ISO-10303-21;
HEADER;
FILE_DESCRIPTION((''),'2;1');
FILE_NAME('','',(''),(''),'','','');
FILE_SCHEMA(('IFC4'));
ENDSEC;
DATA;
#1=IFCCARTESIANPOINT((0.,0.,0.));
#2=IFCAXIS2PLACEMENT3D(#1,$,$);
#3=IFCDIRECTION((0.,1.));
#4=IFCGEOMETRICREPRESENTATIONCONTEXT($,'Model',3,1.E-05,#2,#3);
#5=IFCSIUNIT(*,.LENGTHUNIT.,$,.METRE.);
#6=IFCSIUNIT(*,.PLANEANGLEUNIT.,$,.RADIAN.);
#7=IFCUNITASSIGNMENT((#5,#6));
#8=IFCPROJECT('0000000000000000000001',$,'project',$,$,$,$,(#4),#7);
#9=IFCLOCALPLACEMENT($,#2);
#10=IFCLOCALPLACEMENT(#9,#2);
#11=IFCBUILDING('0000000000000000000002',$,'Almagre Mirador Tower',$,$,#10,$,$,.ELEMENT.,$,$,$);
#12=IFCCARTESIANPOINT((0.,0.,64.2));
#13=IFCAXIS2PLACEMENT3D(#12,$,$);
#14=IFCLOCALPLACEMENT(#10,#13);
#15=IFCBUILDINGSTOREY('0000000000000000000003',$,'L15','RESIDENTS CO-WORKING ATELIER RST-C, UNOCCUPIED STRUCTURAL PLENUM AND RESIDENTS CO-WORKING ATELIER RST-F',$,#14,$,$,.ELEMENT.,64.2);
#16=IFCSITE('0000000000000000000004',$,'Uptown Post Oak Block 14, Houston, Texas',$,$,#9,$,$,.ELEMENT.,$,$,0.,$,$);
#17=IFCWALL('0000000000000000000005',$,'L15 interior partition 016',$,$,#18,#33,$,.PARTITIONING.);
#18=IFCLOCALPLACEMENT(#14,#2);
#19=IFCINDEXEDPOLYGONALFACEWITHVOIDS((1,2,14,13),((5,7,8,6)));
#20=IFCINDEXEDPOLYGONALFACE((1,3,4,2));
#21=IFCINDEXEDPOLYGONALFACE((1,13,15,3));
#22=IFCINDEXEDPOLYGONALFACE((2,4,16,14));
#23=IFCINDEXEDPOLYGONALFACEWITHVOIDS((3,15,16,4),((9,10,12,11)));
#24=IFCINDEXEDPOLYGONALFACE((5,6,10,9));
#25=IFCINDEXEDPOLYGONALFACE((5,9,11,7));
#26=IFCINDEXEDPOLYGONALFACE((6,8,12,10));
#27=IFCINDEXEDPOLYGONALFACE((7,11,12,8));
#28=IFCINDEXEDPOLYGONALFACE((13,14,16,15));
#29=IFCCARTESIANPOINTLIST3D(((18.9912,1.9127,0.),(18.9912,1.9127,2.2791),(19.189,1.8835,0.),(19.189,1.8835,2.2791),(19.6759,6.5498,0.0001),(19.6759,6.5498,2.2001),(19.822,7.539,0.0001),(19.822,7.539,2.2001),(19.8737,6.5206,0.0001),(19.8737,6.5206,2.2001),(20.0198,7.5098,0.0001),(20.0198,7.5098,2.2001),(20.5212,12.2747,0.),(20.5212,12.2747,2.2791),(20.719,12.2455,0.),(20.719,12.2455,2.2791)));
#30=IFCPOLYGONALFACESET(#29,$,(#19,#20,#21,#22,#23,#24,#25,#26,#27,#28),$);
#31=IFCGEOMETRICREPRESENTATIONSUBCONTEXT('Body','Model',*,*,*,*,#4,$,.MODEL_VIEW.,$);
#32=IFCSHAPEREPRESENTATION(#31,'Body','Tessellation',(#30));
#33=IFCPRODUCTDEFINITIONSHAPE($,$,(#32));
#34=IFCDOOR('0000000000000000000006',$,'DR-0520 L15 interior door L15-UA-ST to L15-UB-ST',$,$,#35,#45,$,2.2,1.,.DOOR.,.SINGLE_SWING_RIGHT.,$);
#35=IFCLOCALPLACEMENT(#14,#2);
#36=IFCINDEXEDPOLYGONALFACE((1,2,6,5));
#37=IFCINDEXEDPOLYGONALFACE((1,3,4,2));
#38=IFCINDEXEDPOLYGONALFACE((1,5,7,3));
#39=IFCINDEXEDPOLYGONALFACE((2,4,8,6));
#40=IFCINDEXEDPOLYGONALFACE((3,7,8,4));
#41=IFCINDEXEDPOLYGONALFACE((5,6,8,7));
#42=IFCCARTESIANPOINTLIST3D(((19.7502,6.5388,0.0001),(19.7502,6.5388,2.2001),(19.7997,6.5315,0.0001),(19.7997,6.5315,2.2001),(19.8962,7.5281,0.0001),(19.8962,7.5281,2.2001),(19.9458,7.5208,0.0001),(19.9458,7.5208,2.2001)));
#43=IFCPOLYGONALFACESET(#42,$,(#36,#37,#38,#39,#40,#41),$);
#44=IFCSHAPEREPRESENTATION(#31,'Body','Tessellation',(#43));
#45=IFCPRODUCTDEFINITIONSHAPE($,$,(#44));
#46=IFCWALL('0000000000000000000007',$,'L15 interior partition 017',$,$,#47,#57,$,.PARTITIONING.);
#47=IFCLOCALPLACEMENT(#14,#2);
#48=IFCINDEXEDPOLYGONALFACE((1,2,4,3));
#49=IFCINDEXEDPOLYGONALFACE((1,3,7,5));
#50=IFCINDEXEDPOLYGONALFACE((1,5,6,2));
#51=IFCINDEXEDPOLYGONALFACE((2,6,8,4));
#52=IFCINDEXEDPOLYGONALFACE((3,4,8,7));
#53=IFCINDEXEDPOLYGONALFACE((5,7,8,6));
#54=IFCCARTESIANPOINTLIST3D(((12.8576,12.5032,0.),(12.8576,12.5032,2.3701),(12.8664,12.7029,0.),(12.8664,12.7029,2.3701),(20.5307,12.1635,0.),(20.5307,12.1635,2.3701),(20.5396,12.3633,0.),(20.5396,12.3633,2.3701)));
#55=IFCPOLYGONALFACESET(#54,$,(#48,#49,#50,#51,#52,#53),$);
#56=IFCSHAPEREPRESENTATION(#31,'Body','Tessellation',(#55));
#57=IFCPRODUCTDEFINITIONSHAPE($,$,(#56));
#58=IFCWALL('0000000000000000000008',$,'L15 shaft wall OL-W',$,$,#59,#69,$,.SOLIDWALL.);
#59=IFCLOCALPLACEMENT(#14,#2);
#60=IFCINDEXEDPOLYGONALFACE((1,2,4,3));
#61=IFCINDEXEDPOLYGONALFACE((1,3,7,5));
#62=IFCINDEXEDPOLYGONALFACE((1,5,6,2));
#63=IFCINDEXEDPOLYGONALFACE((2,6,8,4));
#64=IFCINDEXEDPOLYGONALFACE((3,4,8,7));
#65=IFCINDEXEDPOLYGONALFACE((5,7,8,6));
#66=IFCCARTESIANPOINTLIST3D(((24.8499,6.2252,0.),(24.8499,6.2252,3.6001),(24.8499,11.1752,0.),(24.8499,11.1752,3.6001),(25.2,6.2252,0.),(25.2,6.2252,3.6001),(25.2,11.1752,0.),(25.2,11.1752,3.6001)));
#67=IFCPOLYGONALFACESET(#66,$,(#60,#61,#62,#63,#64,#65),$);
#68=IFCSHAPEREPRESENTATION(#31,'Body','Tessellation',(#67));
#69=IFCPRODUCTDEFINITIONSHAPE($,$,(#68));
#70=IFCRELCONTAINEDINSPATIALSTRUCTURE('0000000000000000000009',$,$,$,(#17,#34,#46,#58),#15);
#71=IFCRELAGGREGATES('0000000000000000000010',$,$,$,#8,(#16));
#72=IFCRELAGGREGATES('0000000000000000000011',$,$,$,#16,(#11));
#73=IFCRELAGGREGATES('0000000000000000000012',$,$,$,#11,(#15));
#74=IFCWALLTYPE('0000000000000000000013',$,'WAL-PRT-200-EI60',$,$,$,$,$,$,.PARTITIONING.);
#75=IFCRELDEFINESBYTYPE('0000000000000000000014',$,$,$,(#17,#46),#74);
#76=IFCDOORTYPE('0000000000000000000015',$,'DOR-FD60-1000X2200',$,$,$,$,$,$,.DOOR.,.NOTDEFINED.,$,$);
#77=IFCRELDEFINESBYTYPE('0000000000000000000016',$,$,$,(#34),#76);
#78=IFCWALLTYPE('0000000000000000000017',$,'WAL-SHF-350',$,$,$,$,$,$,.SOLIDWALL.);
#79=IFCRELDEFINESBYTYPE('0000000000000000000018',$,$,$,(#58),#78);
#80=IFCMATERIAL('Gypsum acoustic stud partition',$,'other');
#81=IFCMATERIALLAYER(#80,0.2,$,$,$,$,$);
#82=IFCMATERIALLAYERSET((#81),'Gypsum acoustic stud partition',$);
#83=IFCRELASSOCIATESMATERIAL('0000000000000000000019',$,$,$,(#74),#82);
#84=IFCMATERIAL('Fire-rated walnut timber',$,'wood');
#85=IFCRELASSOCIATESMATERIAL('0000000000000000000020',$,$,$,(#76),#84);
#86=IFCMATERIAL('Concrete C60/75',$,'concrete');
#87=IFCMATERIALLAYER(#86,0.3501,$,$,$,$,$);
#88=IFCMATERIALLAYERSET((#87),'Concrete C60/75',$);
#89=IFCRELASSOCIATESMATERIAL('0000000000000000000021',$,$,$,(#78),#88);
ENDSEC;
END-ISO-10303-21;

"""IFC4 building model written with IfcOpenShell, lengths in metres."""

from ifc_helpers import new_model, si_unit, direction, frame, frame_2d, origin, place, context, subcontext, project, spatial, rectangle, extrude, material, layer, layer_set, type_object, element, fill, save


model = new_model("IFC4")

# Units and contexts
model_context = context("Model", 3, precision=1e-05, world=origin(), true_north=direction((0.0, 1.0)))
body_context = subcontext(model_context, "Body", "Model", "MODEL_VIEW")
ifc_project = project(units=[si_unit("LENGTHUNIT", "METRE"), si_unit("PLANEANGLEUNIT", "RADIAN")], contexts=[model_context])

# Site, building, storey
site_placement = place(None, origin())
site = spatial("IfcSite", under=ifc_project, at=site_placement, Name="Uptown Post Oak Block 14, Houston, Texas", CompositionType="ELEMENT", RefElevation=0.0)
building_placement = place(site_placement, origin())
building = spatial("IfcBuilding", under=site, at=building_placement, Name="Almagre Mirador Tower", CompositionType="ELEMENT")
storey_placement = place(building_placement, frame((0.0, 0.0, 64.2)))
storey = spatial("IfcBuildingStorey", under=building, at=storey_placement, Name="L15", Description="RESIDENTS CO-WORKING ATELIER RST-C, UNOCCUPIED STRUCTURAL PLENUM AND RESIDENTS CO-WORKING ATELIER RST-F", CompositionType="ELEMENT", Elevation=64.2)

# Wall, opening, door
ifc_material_1 = material(Name="Gypsum acoustic stud partition", Category="other")
ifc_layer_1 = layer(ifc_material_1, 0.2)
ifc_layer_set_1 = layer_set([ifc_layer_1], Name="Gypsum acoustic stud partition")
wall_type_1 = type_object("IfcWallType", Name="WAL-PRT-200-EI60", PredefinedType="PARTITIONING", material=ifc_layer_set_1)
ifc_material_2 = material(Name="Fire-rated walnut timber", Category="wood")
door_type_1 = type_object("IfcDoorType", Name="DOR-FD60-1000X2200", OperationType="NOTDEFINED", PredefinedType="DOOR", material=ifc_material_2)
wall_1_placement = place(storey_placement, frame((19.0901, 1.8979, 0.0), z_axis=(0.0, 0.0, 1.0), x_axis=(0.146073, 0.989274, 0.0)))
wall_1 = element("IfcWall", 1, at=wall_1_placement, inside=storey, type_object=wall_type_1, Name="L15 interior partition 016", PredefinedType="PARTITIONING", context=body_context, shape_type="SweptSolid", body=[
    extrude(rectangle(XDim=10.4744, YDim=0.2, at=frame_2d((5.2373, 0.0))), origin(), (0.0, 0.0, 1.0), 2.2791),
])
opening_1_placement = place(wall_1_placement, frame((4.6875, 0.0, 0.0)))
opening_1 = element("IfcOpeningElement", 2, at=opening_1_placement, cuts=wall_1, PredefinedType="OPENING", context=body_context, shape_type="SweptSolid", body=[
    extrude(rectangle(XDim=1.0, YDim=2.2, at=frame_2d((0.5, 1.1001))), frame((0.0, 0.1101, 0.0), z_axis=(0.0, -1.0, 0.0), x_axis=(1.0, 0.0, 0.0)), (0.0, 0.0, 1.0), 0.22),
])
door_1_placement = place(opening_1_placement, origin())
door_1 = element("IfcDoor", 3, at=door_1_placement, inside=storey, type_object=door_type_1, Name="DR-0520 L15 interior door L15-UA-ST to L15-UB-ST", OperationType="SINGLE_SWING_RIGHT", OverallHeight=2.2, OverallWidth=1.0, PredefinedType="DOOR", context=body_context, shape_type="SweptSolid", body=[
    extrude(rectangle(XDim=1.0, YDim=2.2, at=frame_2d((0.5, 1.1001))), frame((0.0, 0.0249, 0.0), z_axis=(0.0, -1.0, 0.0), x_axis=(1.0, 0.0, 0.0)), (0.0, 0.0, 1.0), 0.05),
])
fill(opening_1, door_1)

# Walls
wall_2_placement = place(storey_placement, frame((20.5352, 12.2634, 0.0), z_axis=(0.0, 0.0, 1.0), x_axis=(-0.999022, 0.044215, 0.0)))
element("IfcWall", 4, at=wall_2_placement, inside=storey, type_object=wall_type_1, Name="L15 interior partition 017", PredefinedType="PARTITIONING", context=body_context, shape_type="SweptSolid", body=[
    extrude(rectangle(XDim=7.6807, YDim=0.2, at=frame_2d((3.8403, 0.0))), origin(), (0.0, 0.0, 1.0), 2.3701),
])
ifc_material_3 = material(Name="Concrete C60/75", Category="concrete")
ifc_layer_2 = layer(ifc_material_3, 0.3501)
ifc_layer_set_2 = layer_set([ifc_layer_2], Name="Concrete C60/75")
wall_type_2 = type_object("IfcWallType", Name="WAL-SHF-350", PredefinedType="SOLIDWALL", material=ifc_layer_set_2)
wall_3_placement = place(storey_placement, frame((25.0249, 6.2251, 0.0), z_axis=(0.0, 0.0, 1.0), x_axis=(0.0, 1.0, 0.0)))
element("IfcWall", 5, at=wall_3_placement, inside=storey, type_object=wall_type_2, Name="L15 shaft wall OL-W", PredefinedType="SOLIDWALL", context=body_context, shape_type="SweptSolid", body=[
    extrude(rectangle(XDim=4.95, YDim=0.3501, at=frame_2d((2.4751, 0.0))), origin(), (0.0, 0.0, 1.0), 3.6001),
])

save(model, "model.ifc")
